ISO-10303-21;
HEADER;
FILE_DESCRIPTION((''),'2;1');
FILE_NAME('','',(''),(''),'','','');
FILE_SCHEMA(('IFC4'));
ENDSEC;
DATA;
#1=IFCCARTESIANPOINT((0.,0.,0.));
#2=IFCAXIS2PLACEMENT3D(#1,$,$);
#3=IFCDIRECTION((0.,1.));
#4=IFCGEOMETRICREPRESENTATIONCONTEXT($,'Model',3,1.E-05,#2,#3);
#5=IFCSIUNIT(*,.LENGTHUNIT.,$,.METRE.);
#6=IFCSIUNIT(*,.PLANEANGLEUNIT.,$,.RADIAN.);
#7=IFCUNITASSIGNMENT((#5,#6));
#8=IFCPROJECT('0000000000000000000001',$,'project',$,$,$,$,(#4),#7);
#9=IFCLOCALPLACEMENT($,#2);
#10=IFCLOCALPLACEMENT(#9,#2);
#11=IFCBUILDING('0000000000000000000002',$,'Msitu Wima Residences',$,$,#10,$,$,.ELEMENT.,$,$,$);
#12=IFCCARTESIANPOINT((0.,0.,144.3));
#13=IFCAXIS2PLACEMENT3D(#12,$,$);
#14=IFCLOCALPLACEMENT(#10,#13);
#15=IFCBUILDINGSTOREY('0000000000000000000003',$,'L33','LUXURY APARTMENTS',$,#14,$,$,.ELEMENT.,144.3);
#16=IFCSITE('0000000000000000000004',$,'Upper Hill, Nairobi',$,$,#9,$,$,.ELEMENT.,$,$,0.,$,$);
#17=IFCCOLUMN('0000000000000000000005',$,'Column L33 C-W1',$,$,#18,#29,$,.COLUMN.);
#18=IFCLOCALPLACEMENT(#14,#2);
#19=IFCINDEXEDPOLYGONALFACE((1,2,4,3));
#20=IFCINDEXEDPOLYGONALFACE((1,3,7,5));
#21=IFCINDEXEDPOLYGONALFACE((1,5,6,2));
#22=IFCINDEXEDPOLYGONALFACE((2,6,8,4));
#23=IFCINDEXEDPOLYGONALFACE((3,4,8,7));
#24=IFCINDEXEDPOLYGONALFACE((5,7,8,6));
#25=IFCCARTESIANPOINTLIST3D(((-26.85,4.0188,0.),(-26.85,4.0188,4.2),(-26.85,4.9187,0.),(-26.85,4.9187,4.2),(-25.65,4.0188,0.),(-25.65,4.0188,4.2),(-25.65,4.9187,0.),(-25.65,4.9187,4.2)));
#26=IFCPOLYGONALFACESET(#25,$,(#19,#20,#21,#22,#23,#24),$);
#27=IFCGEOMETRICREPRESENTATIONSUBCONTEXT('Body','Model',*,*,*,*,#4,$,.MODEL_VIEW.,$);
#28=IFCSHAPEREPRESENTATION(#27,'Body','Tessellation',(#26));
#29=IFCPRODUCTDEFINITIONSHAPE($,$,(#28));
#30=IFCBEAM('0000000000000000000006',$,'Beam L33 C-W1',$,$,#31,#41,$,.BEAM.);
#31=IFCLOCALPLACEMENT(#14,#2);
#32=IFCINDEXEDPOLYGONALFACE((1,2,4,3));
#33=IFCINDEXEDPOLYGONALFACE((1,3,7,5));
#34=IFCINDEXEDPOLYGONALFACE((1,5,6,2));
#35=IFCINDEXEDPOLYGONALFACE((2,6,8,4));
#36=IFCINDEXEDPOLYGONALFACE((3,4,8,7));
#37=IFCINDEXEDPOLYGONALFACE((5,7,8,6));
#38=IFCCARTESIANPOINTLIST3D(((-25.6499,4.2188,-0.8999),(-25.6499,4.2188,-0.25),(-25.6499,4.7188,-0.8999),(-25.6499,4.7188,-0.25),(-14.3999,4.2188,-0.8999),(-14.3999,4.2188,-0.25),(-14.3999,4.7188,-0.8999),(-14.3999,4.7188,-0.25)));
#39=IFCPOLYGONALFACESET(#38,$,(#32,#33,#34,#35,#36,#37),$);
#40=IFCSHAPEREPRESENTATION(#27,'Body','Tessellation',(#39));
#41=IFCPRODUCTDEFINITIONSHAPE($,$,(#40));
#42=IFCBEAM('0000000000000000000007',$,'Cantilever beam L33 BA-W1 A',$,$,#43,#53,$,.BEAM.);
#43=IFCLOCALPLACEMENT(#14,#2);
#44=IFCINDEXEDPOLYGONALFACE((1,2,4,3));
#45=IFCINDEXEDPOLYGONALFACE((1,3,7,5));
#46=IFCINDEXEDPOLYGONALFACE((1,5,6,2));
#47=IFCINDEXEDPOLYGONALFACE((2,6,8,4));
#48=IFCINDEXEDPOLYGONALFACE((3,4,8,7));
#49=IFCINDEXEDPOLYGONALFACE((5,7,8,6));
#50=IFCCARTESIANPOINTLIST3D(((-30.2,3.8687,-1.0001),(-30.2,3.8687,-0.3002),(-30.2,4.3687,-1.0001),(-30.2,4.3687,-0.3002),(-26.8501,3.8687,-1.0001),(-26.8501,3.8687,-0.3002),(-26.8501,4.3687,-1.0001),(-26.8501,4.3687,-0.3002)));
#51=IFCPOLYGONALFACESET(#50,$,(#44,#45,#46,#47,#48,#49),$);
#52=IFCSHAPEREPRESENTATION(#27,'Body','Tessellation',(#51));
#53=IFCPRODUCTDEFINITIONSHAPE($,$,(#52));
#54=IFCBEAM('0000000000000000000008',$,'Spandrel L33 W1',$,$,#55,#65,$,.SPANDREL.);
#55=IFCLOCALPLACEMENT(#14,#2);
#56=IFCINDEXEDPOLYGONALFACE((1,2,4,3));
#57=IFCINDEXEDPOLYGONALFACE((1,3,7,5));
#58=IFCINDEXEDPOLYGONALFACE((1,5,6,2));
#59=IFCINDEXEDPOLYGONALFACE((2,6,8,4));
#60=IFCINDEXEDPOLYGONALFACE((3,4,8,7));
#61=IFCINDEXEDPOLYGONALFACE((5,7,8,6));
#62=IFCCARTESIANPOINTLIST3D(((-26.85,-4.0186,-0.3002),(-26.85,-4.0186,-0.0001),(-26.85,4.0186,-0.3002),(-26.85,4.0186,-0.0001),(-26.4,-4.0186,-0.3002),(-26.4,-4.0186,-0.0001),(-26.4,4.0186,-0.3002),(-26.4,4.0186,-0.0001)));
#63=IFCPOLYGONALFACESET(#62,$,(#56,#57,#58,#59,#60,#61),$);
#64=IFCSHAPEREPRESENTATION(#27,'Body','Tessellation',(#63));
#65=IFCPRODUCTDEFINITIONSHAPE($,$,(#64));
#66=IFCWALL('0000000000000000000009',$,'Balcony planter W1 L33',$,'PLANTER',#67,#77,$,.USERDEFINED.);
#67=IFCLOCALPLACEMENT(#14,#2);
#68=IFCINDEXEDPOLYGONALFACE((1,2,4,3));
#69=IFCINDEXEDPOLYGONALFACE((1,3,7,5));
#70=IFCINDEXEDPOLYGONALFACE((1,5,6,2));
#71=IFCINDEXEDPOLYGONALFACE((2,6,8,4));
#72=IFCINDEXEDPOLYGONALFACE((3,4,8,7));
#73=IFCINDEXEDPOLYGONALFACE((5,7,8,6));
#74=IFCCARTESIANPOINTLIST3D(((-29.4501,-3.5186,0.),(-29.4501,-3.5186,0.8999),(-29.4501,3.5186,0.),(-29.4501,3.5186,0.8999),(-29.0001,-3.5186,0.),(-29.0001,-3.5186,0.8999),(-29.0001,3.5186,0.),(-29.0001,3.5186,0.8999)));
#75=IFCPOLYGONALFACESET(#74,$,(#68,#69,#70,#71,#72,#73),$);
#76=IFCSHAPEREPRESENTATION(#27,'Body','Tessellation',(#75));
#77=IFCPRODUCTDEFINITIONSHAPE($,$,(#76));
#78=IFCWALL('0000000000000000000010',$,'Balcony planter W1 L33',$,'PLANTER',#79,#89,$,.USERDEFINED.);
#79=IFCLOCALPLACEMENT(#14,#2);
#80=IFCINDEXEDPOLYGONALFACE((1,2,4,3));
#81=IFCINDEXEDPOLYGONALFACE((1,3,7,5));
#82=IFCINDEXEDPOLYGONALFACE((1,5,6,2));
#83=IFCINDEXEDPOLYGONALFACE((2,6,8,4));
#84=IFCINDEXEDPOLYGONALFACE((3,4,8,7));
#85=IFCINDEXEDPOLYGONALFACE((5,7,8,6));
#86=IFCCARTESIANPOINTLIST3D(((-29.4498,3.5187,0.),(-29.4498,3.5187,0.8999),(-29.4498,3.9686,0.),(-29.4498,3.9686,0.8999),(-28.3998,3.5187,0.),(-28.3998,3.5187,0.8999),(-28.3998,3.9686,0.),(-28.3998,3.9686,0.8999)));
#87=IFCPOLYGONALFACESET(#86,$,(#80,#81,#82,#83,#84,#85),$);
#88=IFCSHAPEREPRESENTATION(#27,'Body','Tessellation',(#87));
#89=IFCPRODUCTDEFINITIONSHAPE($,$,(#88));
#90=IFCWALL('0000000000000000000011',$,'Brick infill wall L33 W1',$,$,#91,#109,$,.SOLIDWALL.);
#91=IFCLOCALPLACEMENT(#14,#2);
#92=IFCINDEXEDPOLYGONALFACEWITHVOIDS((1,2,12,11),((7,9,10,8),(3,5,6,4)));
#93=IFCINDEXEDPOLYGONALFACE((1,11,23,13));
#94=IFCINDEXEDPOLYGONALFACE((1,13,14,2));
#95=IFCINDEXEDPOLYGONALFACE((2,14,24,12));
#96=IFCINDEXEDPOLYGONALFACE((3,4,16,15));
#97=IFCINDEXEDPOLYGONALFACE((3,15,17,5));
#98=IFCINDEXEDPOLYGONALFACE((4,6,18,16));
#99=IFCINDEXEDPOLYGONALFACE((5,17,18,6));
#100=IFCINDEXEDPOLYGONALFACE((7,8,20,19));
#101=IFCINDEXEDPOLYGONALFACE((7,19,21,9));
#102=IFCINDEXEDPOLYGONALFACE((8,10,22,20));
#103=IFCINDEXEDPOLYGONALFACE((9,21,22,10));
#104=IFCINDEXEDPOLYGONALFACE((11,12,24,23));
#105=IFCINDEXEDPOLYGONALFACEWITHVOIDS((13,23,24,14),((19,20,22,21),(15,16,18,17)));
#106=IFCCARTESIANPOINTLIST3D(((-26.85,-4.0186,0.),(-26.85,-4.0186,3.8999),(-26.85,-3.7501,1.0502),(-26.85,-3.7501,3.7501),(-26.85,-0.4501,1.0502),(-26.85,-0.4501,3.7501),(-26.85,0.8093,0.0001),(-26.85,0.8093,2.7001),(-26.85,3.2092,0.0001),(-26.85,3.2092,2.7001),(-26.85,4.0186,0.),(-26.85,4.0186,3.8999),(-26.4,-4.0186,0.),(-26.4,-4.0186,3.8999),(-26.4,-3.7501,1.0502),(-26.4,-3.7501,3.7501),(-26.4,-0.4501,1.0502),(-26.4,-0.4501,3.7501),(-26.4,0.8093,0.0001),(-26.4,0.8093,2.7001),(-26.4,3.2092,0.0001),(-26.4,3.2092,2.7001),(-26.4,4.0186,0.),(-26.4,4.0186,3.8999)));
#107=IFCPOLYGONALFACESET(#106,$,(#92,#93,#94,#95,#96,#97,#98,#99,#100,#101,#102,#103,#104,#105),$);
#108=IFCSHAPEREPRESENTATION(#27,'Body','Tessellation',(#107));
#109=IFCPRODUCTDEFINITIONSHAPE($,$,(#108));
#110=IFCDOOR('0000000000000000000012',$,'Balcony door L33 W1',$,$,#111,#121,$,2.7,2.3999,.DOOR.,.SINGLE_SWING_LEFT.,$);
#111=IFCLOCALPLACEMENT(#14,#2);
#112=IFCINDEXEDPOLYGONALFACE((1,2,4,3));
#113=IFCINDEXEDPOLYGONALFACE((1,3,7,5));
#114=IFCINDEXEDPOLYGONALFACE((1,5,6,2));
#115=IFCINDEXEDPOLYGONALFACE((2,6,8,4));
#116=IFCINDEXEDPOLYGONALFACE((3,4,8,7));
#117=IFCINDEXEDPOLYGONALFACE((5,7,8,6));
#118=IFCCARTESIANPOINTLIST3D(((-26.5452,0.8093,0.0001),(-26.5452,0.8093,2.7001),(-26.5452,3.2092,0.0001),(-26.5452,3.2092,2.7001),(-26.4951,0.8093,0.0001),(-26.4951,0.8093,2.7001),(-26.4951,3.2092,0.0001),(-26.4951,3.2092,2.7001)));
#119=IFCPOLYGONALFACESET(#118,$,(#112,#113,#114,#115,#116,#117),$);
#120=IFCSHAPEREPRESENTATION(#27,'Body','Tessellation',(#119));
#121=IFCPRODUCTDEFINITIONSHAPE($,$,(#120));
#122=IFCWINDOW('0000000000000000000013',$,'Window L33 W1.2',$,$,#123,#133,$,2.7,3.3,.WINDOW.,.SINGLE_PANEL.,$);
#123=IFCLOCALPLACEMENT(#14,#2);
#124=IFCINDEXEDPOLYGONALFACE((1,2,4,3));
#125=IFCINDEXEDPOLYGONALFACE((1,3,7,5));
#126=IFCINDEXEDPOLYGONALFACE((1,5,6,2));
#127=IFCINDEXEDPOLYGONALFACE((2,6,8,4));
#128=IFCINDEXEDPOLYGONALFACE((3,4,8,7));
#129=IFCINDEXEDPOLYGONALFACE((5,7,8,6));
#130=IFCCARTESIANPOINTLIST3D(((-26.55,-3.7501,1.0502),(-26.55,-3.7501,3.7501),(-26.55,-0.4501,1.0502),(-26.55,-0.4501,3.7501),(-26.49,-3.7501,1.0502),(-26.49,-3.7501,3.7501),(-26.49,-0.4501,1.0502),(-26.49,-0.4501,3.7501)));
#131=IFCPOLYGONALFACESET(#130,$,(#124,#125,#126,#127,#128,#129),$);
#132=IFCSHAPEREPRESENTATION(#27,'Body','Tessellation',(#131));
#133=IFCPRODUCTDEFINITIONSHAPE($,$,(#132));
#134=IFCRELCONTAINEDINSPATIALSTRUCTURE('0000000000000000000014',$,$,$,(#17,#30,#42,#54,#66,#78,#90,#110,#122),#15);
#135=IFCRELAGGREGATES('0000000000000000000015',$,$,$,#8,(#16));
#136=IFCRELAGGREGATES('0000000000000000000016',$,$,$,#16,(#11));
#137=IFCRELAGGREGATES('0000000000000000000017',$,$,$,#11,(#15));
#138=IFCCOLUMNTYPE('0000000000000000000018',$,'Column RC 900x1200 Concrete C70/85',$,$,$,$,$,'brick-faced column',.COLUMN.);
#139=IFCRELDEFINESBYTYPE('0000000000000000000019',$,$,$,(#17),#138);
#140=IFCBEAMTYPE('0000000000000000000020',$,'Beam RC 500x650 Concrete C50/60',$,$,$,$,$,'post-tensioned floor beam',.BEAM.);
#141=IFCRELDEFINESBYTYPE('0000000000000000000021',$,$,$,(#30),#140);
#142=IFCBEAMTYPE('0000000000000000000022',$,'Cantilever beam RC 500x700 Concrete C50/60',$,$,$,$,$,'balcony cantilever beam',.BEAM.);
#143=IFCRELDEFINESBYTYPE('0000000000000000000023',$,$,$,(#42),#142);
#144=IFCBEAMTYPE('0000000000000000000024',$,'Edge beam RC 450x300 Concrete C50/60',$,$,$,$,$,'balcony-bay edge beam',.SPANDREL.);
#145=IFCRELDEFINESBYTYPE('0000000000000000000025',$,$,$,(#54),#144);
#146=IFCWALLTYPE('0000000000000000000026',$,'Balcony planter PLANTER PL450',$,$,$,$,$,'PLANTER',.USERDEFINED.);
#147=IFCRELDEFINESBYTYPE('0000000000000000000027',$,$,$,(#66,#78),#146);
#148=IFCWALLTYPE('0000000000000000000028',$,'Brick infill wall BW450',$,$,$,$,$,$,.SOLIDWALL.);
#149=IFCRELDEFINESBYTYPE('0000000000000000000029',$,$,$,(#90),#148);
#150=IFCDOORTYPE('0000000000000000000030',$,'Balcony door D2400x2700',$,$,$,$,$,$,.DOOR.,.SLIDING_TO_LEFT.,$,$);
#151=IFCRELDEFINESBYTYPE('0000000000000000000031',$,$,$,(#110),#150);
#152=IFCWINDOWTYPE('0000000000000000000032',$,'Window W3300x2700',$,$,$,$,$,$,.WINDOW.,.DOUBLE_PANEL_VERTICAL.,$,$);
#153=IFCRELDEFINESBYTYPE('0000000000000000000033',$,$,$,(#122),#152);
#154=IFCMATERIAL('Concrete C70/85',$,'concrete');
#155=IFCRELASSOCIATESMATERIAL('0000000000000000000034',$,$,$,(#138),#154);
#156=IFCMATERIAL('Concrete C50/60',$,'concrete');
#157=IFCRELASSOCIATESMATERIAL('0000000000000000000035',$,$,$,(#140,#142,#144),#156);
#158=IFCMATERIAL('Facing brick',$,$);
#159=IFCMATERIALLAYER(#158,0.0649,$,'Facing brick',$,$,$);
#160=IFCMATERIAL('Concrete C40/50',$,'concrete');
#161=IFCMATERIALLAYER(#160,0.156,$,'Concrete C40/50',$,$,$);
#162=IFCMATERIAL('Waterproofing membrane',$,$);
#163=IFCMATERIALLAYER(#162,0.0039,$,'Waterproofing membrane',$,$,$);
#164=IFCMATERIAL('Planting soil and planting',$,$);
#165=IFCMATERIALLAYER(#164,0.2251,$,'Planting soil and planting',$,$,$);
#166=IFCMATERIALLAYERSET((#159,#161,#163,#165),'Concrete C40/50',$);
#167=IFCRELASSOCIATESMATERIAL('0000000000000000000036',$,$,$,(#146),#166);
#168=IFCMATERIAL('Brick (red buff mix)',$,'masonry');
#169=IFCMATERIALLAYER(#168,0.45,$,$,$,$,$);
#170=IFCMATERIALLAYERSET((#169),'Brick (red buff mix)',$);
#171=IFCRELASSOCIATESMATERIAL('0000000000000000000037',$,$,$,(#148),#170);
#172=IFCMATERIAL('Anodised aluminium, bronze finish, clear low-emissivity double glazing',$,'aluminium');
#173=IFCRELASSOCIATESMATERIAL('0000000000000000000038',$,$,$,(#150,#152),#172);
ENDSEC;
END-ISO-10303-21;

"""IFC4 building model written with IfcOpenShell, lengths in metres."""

from ifc_helpers import new_model, si_unit, direction, frame, frame_2d, origin, origin_2d, place, context, subcontext, project, spatial, rectangle, extrude, material, layer, layer_set, material_profile, profile_set, type_object, element, fill, save


model = new_model("IFC4")

# Units and contexts
model_context = context("Model", 3, precision=1e-05, world=origin(), true_north=direction((0.0, 1.0)))
body_context = subcontext(model_context, "Body", "Model", "MODEL_VIEW")
ifc_project = project(units=[si_unit("LENGTHUNIT", "METRE"), si_unit("PLANEANGLEUNIT", "RADIAN")], contexts=[model_context])

# Site, building, storey
site_placement = place(None, origin())
site = spatial("IfcSite", under=ifc_project, at=site_placement, Name="Upper Hill, Nairobi", CompositionType="ELEMENT", RefElevation=0.0)
building_placement = place(site_placement, origin())
building = spatial("IfcBuilding", under=site, at=building_placement, Name="Msitu Wima Residences", CompositionType="ELEMENT")
storey_placement = place(building_placement, frame((0.0, 0.0, 144.3)))
storey = spatial("IfcBuildingStorey", under=building, at=storey_placement, Name="L33", Description="LUXURY APARTMENTS", CompositionType="ELEMENT", Elevation=144.3)

# Column
ifc_material_1 = material(Name="Concrete C70/85", Category="concrete")
ifc_material_profile_1 = material_profile(ifc_material_1, rectangle(XDim=0.8999, YDim=1.2, at=origin_2d()), Name="RC 900x1200")
ifc_profile_set_1 = profile_set([ifc_material_profile_1], Name="Concrete C70/85")
column_type = type_object("IfcColumnType", Name="Column RC 900x1200 Concrete C70/85", ElementType="brick-faced column", PredefinedType="COLUMN", material=ifc_profile_set_1)
column_placement = place(storey_placement, frame((-26.25, 4.4688, 0.0), z_axis=(0.0, 0.0, 1.0), x_axis=(0.0, -1.0, 0.0)))
element("IfcColumn", 1, at=column_placement, inside=storey, type_object=column_type, Name="Column L33 C-W1", PredefinedType="COLUMN", context=body_context, shape_type="SweptSolid", body=[
    extrude(rectangle(XDim=0.8999, YDim=1.2, at=origin_2d()), origin(), (0.0, 0.0, 1.0), 4.2),
])

# Beams
ifc_material_2 = material(Name="Concrete C50/60", Category="concrete")
ifc_material_profile_2 = material_profile(ifc_material_2, rectangle(XDim=0.5, YDim=0.6499, at=origin_2d()), Name="RC 500x650")
ifc_profile_set_2 = profile_set([ifc_material_profile_2], Name="Concrete C50/60")
beam_type_1 = type_object("IfcBeamType", Name="Beam RC 500x650 Concrete C50/60", ElementType="post-tensioned floor beam", PredefinedType="BEAM", material=ifc_profile_set_2)
beam_1_placement = place(storey_placement, frame((-25.6499, 4.4688, -0.575), z_axis=(1.0, 0.0, 0.0), x_axis=(0.0, 1.0, 0.0)))
element("IfcBeam", 2, at=beam_1_placement, inside=storey, type_object=beam_type_1, Name="Beam L33 C-W1", PredefinedType="BEAM", context=body_context, shape_type="SweptSolid", body=[
    extrude(rectangle(XDim=0.5, YDim=0.6499, at=origin_2d()), origin(), (0.0, 0.0, 1.0), 11.25),
])
ifc_material_profile_3 = material_profile(ifc_material_2, rectangle(XDim=0.5, YDim=0.7, at=origin_2d()), Name="RC 500x700")
ifc_profile_set_3 = profile_set([ifc_material_profile_3], Name="Concrete C50/60")
beam_type_2 = type_object("IfcBeamType", Name="Cantilever beam RC 500x700 Concrete C50/60", ElementType="balcony cantilever beam", PredefinedType="BEAM", material=ifc_profile_set_3)
beam_2_placement = place(storey_placement, frame((-26.8501, 4.1187, -0.6501), z_axis=(-1.0, 0.0, 0.0), x_axis=(0.0, -1.0, 0.0)))
element("IfcBeam", 3, at=beam_2_placement, inside=storey, type_object=beam_type_2, Name="Cantilever beam L33 BA-W1 A", PredefinedType="BEAM", context=body_context, shape_type="SweptSolid", body=[
    extrude(rectangle(XDim=0.5, YDim=0.7, at=origin_2d()), origin(), (0.0, 0.0, 1.0), 3.3499),
])
ifc_material_profile_4 = material_profile(ifc_material_2, rectangle(XDim=0.45, YDim=0.3, at=origin_2d()), Name="RC 450x300")
ifc_profile_set_4 = profile_set([ifc_material_profile_4], Name="Concrete C50/60")
beam_type_3 = type_object("IfcBeamType", Name="Edge beam RC 450x300 Concrete C50/60", ElementType="balcony-bay edge beam", PredefinedType="SPANDREL", material=ifc_profile_set_4)
beam_3_placement = place(storey_placement, frame((-26.625, 4.0186, -0.1501), z_axis=(0.0, -1.0, 0.0), x_axis=(1.0, 0.0, 0.0)))
element("IfcBeam", 4, at=beam_3_placement, inside=storey, type_object=beam_type_3, Name="Spandrel L33 W1", PredefinedType="SPANDREL", context=body_context, shape_type="SweptSolid", body=[
    extrude(rectangle(XDim=0.45, YDim=0.3, at=origin_2d()), origin(), (0.0, 0.0, 1.0), 8.0371),
])

# Walls
ifc_material_3 = material(Name="Facing brick")
ifc_layer_1 = layer(ifc_material_3, 0.0649, Name="Facing brick")
ifc_material_4 = material(Name="Concrete C40/50", Category="concrete")
ifc_layer_2 = layer(ifc_material_4, 0.156, Name="Concrete C40/50")
ifc_material_5 = material(Name="Waterproofing membrane")
ifc_layer_3 = layer(ifc_material_5, 0.0039, Name="Waterproofing membrane")
ifc_material_6 = material(Name="Planting soil and planting")
ifc_layer_4 = layer(ifc_material_6, 0.2251, Name="Planting soil and planting")
ifc_layer_set_1 = layer_set([ifc_layer_1, ifc_layer_2, ifc_layer_3, ifc_layer_4], Name="Concrete C40/50")
wall_type_1 = type_object("IfcWallType", Name="Balcony planter PLANTER PL450", ElementType="PLANTER", PredefinedType="USERDEFINED", material=ifc_layer_set_1)
wall_1_placement = place(storey_placement, frame((-29.2251, 3.5186, 0.0), z_axis=(0.0, 0.0, 1.0), x_axis=(0.0, -1.0, 0.0)))
element("IfcWall", 5, at=wall_1_placement, inside=storey, type_object=wall_type_1, Name="Balcony planter W1 L33", ObjectType="PLANTER", PredefinedType="USERDEFINED", context=body_context, shape_type="SweptSolid", body=[
    extrude(rectangle(XDim=7.0371, YDim=0.45, at=frame_2d((3.5186, 0.0))), origin(), (0.0, 0.0, 1.0), 0.8999),
])
wall_2_placement = place(storey_placement, frame((-28.3999, 3.7437, 0.0), z_axis=(0.0, 0.0, 1.0), x_axis=(-1.0, 0.0, 0.0)))
element("IfcWall", 6, at=wall_2_placement, inside=storey, type_object=wall_type_1, Name="Balcony planter W1 L33", ObjectType="PLANTER", PredefinedType="USERDEFINED", context=body_context, shape_type="SweptSolid", body=[
    extrude(rectangle(XDim=1.05, YDim=0.45, at=frame_2d((0.5249, 0.0))), origin(), (0.0, 0.0, 1.0), 0.8999),
])

# Wall, openings, door, window
ifc_material_7 = material(Name="Brick (red buff mix)", Category="masonry")
ifc_layer_5 = layer(ifc_material_7, 0.45)
ifc_layer_set_2 = layer_set([ifc_layer_5], Name="Brick (red buff mix)")
wall_type_2 = type_object("IfcWallType", Name="Brick infill wall BW450", PredefinedType="SOLIDWALL", material=ifc_layer_set_2)
wall_3_placement = place(storey_placement, frame((-26.625, 4.0186, 0.0), z_axis=(0.0, 0.0, 1.0), x_axis=(0.0, -1.0, 0.0)))
wall_3 = element("IfcWall", 7, at=wall_3_placement, inside=storey, type_object=wall_type_2, Name="Brick infill wall L33 W1", PredefinedType="SOLIDWALL", context=body_context, shape_type="SweptSolid", body=[
    extrude(rectangle(XDim=8.0371, YDim=0.45, at=frame_2d((4.0186, 0.0))), origin(), (0.0, 0.0, 1.0), 3.8999),
])
opening_1_placement = place(wall_3_placement, frame((0.8093, 0.0, 0.0)))
opening_1 = element("IfcOpeningElement", 8, at=opening_1_placement, cuts=wall_3, PredefinedType="OPENING", context=body_context, shape_type="SweptSolid", body=[
    extrude(rectangle(XDim=2.3999, YDim=2.7, at=frame_2d((1.2, 1.3501))), frame((0.0, 0.2349, 0.0), z_axis=(0.0, -1.0, 0.0), x_axis=(1.0, 0.0, 0.0)), (0.0, 0.0, 1.0), 0.47),
])
opening_2_placement = place(wall_3_placement, frame((4.4688, 0.0, 1.05)))
opening_2 = element("IfcOpeningElement", 9, at=opening_2_placement, cuts=wall_3, PredefinedType="OPENING", context=body_context, shape_type="SweptSolid", body=[
    extrude(rectangle(XDim=3.3, YDim=2.7, at=frame_2d((1.6499, 1.3501))), frame((0.0, 0.2349, 0.0), z_axis=(0.0, -1.0, 0.0), x_axis=(1.0, 0.0, 0.0)), (0.0, 0.0, 1.0), 0.47),
])
ifc_material_8 = material(Name="Anodised aluminium, bronze finish, clear low-emissivity double glazing", Category="aluminium")
door_type_1 = type_object("IfcDoorType", Name="Balcony door D2400x2700", OperationType="SLIDING_TO_LEFT", PredefinedType="DOOR", material=ifc_material_8)
door_1_placement = place(opening_1_placement, origin())
door_1 = element("IfcDoor", 10, at=door_1_placement, inside=storey, type_object=door_type_1, Name="Balcony door L33 W1", OperationType="SINGLE_SWING_LEFT", OverallHeight=2.7, OverallWidth=2.3999, PredefinedType="DOOR", context=body_context, shape_type="SweptSolid", body=[
    extrude(rectangle(XDim=2.3999, YDim=2.7, at=frame_2d((1.2, 1.3501))), frame((0.0, 0.1299, 0.0), z_axis=(0.0, -1.0, 0.0), x_axis=(1.0, 0.0, 0.0)), (0.0, 0.0, 1.0), 0.05),
])
fill(opening_1, door_1)
window_type = type_object("IfcWindowType", Name="Window W3300x2700", PartitioningType="DOUBLE_PANEL_VERTICAL", PredefinedType="WINDOW", material=ifc_material_8)
window_placement = place(opening_2_placement, origin())
window = element("IfcWindow", 11, at=window_placement, inside=storey, type_object=window_type, Name="Window L33 W1.2", OverallHeight=2.7, OverallWidth=3.3, PartitioningType="SINGLE_PANEL", PredefinedType="WINDOW", context=body_context, shape_type="SweptSolid", body=[
    extrude(rectangle(XDim=3.3, YDim=2.7, at=frame_2d((1.6499, 1.3501))), frame((0.0, 0.135, 0.0), z_axis=(0.0, -1.0, 0.0), x_axis=(1.0, 0.0, 0.0)), (0.0, 0.0, 1.0), 0.0601),
])
fill(opening_2, window)

save(model, "model.ifc")
